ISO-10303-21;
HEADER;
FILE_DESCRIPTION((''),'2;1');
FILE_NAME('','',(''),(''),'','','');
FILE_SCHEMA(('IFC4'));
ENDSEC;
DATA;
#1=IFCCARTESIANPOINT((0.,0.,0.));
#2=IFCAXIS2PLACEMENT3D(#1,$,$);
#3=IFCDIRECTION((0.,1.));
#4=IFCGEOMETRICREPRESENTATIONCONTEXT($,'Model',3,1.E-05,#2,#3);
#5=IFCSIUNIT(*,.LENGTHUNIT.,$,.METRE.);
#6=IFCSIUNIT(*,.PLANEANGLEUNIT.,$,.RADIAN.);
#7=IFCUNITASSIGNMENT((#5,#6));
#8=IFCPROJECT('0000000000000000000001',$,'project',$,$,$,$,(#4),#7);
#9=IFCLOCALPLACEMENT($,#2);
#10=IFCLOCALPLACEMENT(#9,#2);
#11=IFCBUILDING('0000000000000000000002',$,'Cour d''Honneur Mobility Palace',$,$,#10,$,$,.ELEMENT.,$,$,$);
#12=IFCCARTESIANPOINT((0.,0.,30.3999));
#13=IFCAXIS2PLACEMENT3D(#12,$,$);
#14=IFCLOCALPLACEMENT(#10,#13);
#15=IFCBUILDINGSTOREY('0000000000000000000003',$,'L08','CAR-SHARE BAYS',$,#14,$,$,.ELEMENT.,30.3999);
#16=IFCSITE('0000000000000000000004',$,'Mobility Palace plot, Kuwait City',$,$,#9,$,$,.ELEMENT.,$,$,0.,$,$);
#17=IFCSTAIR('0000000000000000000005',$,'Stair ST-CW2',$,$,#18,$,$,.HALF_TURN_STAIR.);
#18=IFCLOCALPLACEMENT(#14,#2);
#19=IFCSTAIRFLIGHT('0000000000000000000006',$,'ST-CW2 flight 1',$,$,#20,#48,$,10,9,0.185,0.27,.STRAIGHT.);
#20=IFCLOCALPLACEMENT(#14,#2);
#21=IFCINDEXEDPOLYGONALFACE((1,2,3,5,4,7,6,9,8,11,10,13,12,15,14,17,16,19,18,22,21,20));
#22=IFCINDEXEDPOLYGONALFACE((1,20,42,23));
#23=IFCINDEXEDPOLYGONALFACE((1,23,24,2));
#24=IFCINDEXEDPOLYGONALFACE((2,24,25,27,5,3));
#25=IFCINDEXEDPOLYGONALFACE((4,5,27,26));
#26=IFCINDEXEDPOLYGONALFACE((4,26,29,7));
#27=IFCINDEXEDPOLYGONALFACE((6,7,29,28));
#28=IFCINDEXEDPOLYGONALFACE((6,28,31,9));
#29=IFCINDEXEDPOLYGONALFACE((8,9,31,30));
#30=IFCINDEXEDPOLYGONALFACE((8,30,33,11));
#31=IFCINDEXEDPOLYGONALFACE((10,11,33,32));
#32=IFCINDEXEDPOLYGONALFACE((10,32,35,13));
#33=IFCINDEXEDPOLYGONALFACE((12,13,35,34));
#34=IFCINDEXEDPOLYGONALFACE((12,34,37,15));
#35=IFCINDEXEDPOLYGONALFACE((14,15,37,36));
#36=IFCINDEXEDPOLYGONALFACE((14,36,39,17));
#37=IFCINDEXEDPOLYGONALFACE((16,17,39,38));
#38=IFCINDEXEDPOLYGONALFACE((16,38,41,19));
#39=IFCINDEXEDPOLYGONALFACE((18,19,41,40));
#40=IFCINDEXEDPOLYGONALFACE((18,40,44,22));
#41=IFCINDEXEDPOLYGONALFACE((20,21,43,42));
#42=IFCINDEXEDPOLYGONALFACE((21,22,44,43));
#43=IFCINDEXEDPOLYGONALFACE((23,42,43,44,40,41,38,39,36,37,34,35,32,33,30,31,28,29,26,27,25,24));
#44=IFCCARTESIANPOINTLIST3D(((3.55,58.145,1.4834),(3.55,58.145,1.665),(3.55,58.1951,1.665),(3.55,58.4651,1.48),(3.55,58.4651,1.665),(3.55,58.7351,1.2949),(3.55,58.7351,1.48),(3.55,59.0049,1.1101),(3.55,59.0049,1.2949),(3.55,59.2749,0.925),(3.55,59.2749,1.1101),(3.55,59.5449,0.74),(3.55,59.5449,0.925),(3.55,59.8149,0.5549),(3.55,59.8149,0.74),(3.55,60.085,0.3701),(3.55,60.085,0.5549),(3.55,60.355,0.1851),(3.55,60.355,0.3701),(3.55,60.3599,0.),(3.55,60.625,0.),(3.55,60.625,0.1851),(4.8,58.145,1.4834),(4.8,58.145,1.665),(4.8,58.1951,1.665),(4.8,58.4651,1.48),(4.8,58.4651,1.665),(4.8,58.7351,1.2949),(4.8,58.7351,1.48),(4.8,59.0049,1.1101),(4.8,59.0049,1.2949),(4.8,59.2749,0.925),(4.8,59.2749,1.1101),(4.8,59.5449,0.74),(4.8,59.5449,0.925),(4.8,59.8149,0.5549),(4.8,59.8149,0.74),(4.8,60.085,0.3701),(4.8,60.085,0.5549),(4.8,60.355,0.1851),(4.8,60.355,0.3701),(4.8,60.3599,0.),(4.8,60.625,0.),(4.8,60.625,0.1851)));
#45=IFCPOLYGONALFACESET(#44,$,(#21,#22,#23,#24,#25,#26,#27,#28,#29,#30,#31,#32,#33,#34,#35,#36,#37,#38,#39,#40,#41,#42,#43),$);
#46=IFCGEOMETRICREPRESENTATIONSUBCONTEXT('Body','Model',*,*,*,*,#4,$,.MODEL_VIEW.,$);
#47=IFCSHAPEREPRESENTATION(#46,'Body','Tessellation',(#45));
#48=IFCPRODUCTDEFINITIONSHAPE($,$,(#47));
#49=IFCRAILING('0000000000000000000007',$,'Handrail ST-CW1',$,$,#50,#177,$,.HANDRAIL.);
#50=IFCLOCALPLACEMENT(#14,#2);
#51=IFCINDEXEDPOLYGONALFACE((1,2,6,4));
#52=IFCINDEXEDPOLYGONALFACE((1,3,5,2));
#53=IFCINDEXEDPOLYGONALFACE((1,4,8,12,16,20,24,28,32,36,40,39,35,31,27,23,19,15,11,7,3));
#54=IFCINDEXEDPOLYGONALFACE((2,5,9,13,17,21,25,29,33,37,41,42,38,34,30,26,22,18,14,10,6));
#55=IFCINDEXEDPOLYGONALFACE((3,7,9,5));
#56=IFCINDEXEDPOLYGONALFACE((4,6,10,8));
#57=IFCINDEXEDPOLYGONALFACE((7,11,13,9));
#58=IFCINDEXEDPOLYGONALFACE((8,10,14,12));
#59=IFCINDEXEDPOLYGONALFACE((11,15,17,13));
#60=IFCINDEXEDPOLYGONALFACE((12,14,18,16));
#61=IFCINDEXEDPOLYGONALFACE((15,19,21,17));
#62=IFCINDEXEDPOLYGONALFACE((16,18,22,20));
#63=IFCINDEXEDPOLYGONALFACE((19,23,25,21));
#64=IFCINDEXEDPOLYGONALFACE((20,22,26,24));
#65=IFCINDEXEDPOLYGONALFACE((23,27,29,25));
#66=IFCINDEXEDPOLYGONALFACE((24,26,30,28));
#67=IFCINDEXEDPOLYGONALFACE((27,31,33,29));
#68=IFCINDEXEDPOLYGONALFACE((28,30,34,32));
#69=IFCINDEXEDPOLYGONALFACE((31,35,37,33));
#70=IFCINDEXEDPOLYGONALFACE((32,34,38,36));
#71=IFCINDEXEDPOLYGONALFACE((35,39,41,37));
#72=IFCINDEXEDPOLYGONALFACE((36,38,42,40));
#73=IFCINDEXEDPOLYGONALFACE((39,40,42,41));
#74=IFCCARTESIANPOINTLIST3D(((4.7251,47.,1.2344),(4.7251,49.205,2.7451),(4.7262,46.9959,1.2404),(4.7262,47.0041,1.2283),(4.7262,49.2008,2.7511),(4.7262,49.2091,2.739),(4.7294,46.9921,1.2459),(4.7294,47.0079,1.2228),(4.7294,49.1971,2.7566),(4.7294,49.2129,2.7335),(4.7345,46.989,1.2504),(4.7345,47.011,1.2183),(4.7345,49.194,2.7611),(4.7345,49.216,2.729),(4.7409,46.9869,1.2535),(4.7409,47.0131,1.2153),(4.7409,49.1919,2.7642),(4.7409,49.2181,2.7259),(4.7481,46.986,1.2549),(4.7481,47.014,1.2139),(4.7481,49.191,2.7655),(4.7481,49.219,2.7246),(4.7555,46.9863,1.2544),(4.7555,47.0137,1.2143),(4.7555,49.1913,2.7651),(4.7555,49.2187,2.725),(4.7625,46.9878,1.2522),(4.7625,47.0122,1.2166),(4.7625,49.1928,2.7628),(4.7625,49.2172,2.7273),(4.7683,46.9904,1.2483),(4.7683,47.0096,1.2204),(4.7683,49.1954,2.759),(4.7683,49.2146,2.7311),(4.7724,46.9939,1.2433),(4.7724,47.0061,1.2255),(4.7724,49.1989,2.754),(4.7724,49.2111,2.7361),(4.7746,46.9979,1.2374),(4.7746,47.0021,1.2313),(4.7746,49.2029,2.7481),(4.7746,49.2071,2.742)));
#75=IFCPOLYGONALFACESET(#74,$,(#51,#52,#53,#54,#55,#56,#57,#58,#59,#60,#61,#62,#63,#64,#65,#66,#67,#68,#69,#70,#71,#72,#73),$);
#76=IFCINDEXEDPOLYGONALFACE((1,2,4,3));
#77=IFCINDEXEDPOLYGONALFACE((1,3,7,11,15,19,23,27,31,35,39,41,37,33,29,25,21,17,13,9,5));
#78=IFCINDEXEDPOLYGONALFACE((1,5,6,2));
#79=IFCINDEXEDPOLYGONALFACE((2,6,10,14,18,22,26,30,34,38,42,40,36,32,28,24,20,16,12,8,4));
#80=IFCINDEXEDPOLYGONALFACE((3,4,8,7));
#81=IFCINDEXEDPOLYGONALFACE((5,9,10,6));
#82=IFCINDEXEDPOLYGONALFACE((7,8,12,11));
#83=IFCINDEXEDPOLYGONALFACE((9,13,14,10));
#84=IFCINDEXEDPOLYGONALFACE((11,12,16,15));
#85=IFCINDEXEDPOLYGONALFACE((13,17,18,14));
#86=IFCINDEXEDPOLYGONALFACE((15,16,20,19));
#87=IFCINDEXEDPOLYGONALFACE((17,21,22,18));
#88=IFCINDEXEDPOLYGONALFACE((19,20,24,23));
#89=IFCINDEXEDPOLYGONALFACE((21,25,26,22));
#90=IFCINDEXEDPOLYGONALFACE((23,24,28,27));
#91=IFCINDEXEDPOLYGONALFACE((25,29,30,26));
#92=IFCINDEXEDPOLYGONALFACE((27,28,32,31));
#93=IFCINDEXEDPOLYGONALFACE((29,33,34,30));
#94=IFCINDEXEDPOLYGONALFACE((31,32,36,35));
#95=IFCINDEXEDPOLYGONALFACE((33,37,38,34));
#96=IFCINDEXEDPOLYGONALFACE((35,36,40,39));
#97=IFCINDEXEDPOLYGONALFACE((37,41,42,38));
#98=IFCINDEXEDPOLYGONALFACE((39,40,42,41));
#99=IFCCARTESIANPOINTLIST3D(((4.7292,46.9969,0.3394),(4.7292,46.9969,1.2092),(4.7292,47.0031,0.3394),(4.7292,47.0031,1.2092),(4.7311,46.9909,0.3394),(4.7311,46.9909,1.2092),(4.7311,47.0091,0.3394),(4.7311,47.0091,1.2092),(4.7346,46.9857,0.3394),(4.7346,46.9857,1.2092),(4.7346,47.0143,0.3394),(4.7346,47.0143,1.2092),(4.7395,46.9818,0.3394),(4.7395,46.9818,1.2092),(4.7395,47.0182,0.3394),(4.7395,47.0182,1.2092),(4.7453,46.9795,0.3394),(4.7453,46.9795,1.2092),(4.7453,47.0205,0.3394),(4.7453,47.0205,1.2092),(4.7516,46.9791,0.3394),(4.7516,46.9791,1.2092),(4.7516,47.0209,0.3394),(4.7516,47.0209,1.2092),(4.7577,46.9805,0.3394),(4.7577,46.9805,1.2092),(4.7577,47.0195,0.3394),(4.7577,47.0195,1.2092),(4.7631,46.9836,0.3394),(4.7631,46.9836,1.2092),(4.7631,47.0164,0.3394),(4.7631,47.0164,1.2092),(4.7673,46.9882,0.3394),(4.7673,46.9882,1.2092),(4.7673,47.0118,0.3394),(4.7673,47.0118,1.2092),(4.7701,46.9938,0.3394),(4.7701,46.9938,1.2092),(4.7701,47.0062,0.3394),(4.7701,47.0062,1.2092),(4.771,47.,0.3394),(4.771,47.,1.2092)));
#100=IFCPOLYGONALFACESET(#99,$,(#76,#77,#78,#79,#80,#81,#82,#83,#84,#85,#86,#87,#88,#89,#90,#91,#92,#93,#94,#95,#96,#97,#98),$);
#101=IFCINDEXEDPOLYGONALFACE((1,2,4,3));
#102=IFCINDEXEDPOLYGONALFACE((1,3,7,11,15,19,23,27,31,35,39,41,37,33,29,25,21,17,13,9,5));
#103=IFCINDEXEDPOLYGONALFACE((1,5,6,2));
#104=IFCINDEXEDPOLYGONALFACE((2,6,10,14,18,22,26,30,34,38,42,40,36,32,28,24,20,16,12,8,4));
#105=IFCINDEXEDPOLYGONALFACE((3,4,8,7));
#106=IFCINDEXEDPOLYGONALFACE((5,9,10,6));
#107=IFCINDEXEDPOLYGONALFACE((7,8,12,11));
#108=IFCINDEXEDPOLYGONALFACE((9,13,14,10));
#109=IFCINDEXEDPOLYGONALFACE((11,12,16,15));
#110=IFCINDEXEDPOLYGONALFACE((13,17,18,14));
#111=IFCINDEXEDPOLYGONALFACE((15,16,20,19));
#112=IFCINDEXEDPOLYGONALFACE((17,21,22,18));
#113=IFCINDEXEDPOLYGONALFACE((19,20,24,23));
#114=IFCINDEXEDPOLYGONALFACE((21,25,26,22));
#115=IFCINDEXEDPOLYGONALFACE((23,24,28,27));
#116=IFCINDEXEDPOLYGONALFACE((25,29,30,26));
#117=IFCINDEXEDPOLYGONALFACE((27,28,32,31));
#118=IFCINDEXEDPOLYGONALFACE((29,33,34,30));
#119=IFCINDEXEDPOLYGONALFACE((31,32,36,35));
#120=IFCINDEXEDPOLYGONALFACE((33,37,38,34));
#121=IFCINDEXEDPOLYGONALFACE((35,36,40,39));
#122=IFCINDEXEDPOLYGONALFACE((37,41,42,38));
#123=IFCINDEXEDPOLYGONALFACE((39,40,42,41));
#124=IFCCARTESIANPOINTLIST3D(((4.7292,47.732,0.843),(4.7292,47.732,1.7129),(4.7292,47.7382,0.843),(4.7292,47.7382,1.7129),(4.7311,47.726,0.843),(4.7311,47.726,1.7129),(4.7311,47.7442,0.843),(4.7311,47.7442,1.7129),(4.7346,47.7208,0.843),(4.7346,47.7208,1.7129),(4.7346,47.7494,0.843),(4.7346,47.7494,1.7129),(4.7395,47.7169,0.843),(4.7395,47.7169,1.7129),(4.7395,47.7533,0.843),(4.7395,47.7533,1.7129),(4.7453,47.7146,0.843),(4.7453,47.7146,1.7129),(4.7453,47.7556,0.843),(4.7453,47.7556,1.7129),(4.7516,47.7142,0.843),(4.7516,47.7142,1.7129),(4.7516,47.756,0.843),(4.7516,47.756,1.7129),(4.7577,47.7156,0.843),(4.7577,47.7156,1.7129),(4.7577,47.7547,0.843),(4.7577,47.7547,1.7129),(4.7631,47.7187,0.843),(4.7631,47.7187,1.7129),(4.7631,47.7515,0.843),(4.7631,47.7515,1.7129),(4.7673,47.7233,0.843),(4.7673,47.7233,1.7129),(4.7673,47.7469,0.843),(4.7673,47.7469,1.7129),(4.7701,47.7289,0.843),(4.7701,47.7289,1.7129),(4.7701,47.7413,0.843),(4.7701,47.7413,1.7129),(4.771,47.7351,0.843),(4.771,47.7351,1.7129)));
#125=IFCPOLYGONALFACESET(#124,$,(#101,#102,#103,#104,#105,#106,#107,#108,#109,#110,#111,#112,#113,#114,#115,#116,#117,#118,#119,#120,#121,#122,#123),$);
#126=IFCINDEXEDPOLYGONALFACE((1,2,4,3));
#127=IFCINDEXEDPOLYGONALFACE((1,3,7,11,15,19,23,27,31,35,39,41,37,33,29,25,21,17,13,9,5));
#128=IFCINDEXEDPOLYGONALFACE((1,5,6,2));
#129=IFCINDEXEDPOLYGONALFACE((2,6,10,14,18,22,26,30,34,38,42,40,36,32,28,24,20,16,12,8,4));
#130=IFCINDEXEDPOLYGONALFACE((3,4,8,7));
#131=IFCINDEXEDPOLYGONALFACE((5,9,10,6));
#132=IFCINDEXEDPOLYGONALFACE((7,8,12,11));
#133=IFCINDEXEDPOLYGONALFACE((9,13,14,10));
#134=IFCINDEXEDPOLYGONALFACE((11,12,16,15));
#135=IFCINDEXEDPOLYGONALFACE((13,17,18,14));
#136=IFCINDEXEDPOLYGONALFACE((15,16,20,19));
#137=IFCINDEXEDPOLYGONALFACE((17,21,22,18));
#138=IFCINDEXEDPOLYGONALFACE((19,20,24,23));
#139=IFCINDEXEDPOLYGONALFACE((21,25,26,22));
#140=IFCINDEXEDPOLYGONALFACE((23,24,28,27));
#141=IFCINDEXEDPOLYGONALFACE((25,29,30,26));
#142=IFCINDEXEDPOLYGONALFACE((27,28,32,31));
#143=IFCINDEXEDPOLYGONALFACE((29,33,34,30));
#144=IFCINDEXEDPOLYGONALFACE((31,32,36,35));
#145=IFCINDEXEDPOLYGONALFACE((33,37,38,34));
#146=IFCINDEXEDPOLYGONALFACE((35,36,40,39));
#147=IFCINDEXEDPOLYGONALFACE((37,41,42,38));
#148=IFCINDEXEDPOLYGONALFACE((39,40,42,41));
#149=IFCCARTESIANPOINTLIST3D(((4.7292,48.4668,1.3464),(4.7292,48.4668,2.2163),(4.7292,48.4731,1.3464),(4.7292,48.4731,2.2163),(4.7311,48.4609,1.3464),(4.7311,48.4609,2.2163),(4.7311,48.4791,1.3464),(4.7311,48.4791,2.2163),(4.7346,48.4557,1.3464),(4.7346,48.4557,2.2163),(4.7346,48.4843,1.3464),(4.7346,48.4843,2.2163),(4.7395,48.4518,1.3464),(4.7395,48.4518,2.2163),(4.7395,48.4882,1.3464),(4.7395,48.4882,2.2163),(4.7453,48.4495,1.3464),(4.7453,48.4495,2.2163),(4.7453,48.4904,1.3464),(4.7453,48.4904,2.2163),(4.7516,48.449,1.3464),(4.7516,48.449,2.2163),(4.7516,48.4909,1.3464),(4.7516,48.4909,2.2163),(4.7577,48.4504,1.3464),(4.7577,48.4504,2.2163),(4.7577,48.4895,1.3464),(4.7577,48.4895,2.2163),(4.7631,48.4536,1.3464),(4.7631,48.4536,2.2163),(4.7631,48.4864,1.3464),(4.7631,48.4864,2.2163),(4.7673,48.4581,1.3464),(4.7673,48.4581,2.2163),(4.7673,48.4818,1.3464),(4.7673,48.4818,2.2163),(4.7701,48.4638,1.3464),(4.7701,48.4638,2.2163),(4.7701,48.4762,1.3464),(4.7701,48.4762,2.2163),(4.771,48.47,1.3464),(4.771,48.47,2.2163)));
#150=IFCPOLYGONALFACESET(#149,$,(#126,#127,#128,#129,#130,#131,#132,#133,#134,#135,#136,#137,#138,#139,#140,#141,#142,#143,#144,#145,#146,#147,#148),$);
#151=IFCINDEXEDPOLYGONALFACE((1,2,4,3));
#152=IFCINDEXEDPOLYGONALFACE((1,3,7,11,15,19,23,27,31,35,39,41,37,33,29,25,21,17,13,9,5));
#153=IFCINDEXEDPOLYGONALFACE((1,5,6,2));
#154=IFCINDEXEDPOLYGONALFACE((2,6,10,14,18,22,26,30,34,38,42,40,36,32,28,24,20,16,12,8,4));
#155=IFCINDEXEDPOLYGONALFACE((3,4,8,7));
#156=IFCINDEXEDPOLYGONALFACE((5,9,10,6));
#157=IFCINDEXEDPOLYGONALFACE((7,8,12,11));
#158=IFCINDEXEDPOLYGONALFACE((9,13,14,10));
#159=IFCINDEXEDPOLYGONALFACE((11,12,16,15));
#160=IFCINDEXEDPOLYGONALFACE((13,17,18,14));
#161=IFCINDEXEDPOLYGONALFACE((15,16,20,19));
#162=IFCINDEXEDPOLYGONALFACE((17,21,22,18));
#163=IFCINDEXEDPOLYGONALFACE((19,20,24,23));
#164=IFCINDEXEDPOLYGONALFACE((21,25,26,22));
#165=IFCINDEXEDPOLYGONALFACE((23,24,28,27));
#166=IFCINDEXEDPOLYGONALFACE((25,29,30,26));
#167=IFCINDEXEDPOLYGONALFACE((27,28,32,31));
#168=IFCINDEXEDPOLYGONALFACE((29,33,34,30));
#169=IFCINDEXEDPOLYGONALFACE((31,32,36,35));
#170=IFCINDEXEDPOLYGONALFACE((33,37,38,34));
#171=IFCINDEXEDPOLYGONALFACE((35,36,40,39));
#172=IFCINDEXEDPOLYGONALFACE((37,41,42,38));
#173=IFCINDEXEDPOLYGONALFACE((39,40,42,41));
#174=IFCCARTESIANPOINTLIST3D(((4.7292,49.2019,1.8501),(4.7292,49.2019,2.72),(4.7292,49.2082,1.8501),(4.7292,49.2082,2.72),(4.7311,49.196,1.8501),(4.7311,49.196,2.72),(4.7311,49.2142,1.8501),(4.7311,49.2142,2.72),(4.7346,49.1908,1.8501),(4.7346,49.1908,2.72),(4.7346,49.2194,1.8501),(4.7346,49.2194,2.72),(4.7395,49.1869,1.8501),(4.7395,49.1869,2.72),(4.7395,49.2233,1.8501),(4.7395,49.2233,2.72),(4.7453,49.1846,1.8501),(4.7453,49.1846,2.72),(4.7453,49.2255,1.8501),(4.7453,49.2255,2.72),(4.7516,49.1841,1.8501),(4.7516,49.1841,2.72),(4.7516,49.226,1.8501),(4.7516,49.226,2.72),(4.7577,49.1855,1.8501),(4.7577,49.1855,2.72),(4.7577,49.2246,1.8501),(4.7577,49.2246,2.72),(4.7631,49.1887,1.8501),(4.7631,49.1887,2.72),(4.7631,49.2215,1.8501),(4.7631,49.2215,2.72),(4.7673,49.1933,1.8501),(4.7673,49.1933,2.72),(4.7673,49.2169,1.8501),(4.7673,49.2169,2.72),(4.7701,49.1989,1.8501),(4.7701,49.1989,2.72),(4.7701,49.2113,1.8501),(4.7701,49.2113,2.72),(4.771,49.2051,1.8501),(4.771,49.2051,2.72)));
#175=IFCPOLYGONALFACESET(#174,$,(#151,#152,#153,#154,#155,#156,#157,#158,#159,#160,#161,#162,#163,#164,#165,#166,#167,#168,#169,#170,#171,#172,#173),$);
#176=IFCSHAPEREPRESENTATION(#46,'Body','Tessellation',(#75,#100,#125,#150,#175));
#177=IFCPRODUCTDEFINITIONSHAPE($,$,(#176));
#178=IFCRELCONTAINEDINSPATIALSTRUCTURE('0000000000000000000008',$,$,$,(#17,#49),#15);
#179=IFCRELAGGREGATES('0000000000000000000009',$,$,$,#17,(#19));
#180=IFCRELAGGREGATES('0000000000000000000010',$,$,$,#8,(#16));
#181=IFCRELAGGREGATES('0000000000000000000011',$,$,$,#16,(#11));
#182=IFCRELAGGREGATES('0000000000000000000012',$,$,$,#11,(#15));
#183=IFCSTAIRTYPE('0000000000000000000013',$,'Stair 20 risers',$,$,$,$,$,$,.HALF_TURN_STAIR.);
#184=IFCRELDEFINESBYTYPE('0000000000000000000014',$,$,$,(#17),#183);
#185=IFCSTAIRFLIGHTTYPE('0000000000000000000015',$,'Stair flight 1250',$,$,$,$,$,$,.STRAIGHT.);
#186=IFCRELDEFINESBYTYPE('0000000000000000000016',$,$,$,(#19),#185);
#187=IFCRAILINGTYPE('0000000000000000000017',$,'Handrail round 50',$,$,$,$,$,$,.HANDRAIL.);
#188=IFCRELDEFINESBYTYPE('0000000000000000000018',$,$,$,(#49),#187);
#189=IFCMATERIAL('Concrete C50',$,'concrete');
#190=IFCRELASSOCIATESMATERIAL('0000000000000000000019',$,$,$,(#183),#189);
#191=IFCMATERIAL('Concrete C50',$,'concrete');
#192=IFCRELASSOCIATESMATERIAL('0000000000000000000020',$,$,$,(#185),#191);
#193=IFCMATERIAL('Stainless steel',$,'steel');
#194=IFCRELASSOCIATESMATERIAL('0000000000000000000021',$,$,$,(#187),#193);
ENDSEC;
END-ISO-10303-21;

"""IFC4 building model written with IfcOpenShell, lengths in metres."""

from ifc_helpers import new_model, si_unit, direction, frame, origin, origin_2d, place, context, subcontext, project, spatial, polyline, circle, outline, extrude, material, type_object, element, aggregate, save


model = new_model("IFC4")

# Units and contexts
model_context = context("Model", 3, precision=1e-05, world=origin(), true_north=direction((0.0, 1.0)))
body_context = subcontext(model_context, "Body", "Model", "MODEL_VIEW")
ifc_project = project(units=[si_unit("LENGTHUNIT", "METRE"), si_unit("PLANEANGLEUNIT", "RADIAN")], contexts=[model_context])

# Site, building, storey
site_placement = place(None, origin())
site = spatial("IfcSite", under=ifc_project, at=site_placement, Name="Mobility Palace plot, Kuwait City", CompositionType="ELEMENT", RefElevation=0.0)
building_placement = place(site_placement, origin())
building = spatial("IfcBuilding", under=site, at=building_placement, Name="Cour d'Honneur Mobility Palace", CompositionType="ELEMENT")
storey_placement = place(building_placement, frame((0.0, 0.0, 30.3999)))
storey = spatial("IfcBuildingStorey", under=building, at=storey_placement, Name="L08", Description="CAR-SHARE BAYS", CompositionType="ELEMENT", Elevation=30.3999)

# Stair, stair flight
ifc_material_1 = material(Name="Concrete C50", Category="concrete")
stair_type = type_object("IfcStairType", Name="Stair 20 risers", PredefinedType="HALF_TURN_STAIR", material=ifc_material_1)
stair_placement = place(storey_placement, origin())
stair = element("IfcStair", 1, at=stair_placement, inside=storey, type_object=stair_type, Name="Stair ST-CW2", PredefinedType="HALF_TURN_STAIR")
ifc_material_2 = material(Name="Concrete C50", Category="concrete")
stair_flight_type = type_object("IfcStairFlightType", Name="Stair flight 1250", PredefinedType="STRAIGHT", material=ifc_material_2)
stair_flight_placement = place(storey_placement, frame((4.175, 60.625, 0.0), z_axis=(0.0, 0.0, 1.0), x_axis=(0.0, -1.0, 0.0)))
stair_flight = element("IfcStairFlight", 2, at=stair_flight_placement, type_object=stair_flight_type, Name="ST-CW2 flight 1", NumberOfRisers=10, NumberOfTreads=9, PredefinedType="STRAIGHT", RiserHeight=0.185, TreadLength=0.27, context=body_context, shape_type="SweptSolid", body=[
    extrude(outline(polyline([(0.0, 0.0), (0.0, 0.1851), (0.27, 0.1851), (0.27, 0.3701), (0.54, 0.3701), (0.54, 0.5549), (0.8101, 0.5549), (0.8101, 0.74), (1.0801, 0.74), (1.0801, 0.925), (1.3501, 0.925), (1.3501, 1.1101), (1.6201, 1.1101), (1.6201, 1.2949), (1.8899, 1.2949), (1.8899, 1.48), (2.1599, 1.48), (2.1599, 1.665), (2.4299, 1.665), (2.48, 1.665), (2.48, 1.4834), (0.2651, 0.0), (0.0, 0.0)])), frame((0.0, 0.625, 0.0), z_axis=(0.0, -1.0, 0.0), x_axis=(1.0, 0.0, 0.0)), (0.0, 0.0, 1.0), 1.25),
])
aggregate(stair, [stair_flight])

# Railing
ifc_material_3 = material(Name="Stainless steel", Category="steel")
railing_type_1 = type_object("IfcRailingType", Name="Handrail round 50", PredefinedType="HANDRAIL", material=ifc_material_3)
railing_1_placement = place(storey_placement, frame((4.75, 47.0, 0.3394)))
element("IfcRailing", 3, at=railing_1_placement, inside=storey, type_object=railing_type_1, Name="Handrail ST-CW1", PredefinedType="HANDRAIL", context=body_context, shape_type="SweptSolid", body=[
    extrude(circle(Radius=0.0249, at=origin_2d()), frame((0.0, 0.0, 0.895), z_axis=(0.0, 0.824958, 0.565195), x_axis=(-1.0, 0.0, 0.0)), (0.0, 0.0, 1.0), 2.6729),
    extrude(circle(Radius=0.021, at=origin_2d()), origin(), (0.0, 0.0, 1.0), 0.8699),
    extrude(circle(Radius=0.021, at=origin_2d()), frame((0.0, 0.7351, 0.5037)), (0.0, 0.0, 1.0), 0.8699),
    extrude(circle(Radius=0.021, at=origin_2d()), frame((0.0, 1.47, 1.0071)), (0.0, 0.0, 1.0), 0.8699),
    extrude(circle(Radius=0.021, at=origin_2d()), frame((0.0, 2.2051, 1.5107)), (0.0, 0.0, 1.0), 0.8699),
])

save(model, "model.ifc")
